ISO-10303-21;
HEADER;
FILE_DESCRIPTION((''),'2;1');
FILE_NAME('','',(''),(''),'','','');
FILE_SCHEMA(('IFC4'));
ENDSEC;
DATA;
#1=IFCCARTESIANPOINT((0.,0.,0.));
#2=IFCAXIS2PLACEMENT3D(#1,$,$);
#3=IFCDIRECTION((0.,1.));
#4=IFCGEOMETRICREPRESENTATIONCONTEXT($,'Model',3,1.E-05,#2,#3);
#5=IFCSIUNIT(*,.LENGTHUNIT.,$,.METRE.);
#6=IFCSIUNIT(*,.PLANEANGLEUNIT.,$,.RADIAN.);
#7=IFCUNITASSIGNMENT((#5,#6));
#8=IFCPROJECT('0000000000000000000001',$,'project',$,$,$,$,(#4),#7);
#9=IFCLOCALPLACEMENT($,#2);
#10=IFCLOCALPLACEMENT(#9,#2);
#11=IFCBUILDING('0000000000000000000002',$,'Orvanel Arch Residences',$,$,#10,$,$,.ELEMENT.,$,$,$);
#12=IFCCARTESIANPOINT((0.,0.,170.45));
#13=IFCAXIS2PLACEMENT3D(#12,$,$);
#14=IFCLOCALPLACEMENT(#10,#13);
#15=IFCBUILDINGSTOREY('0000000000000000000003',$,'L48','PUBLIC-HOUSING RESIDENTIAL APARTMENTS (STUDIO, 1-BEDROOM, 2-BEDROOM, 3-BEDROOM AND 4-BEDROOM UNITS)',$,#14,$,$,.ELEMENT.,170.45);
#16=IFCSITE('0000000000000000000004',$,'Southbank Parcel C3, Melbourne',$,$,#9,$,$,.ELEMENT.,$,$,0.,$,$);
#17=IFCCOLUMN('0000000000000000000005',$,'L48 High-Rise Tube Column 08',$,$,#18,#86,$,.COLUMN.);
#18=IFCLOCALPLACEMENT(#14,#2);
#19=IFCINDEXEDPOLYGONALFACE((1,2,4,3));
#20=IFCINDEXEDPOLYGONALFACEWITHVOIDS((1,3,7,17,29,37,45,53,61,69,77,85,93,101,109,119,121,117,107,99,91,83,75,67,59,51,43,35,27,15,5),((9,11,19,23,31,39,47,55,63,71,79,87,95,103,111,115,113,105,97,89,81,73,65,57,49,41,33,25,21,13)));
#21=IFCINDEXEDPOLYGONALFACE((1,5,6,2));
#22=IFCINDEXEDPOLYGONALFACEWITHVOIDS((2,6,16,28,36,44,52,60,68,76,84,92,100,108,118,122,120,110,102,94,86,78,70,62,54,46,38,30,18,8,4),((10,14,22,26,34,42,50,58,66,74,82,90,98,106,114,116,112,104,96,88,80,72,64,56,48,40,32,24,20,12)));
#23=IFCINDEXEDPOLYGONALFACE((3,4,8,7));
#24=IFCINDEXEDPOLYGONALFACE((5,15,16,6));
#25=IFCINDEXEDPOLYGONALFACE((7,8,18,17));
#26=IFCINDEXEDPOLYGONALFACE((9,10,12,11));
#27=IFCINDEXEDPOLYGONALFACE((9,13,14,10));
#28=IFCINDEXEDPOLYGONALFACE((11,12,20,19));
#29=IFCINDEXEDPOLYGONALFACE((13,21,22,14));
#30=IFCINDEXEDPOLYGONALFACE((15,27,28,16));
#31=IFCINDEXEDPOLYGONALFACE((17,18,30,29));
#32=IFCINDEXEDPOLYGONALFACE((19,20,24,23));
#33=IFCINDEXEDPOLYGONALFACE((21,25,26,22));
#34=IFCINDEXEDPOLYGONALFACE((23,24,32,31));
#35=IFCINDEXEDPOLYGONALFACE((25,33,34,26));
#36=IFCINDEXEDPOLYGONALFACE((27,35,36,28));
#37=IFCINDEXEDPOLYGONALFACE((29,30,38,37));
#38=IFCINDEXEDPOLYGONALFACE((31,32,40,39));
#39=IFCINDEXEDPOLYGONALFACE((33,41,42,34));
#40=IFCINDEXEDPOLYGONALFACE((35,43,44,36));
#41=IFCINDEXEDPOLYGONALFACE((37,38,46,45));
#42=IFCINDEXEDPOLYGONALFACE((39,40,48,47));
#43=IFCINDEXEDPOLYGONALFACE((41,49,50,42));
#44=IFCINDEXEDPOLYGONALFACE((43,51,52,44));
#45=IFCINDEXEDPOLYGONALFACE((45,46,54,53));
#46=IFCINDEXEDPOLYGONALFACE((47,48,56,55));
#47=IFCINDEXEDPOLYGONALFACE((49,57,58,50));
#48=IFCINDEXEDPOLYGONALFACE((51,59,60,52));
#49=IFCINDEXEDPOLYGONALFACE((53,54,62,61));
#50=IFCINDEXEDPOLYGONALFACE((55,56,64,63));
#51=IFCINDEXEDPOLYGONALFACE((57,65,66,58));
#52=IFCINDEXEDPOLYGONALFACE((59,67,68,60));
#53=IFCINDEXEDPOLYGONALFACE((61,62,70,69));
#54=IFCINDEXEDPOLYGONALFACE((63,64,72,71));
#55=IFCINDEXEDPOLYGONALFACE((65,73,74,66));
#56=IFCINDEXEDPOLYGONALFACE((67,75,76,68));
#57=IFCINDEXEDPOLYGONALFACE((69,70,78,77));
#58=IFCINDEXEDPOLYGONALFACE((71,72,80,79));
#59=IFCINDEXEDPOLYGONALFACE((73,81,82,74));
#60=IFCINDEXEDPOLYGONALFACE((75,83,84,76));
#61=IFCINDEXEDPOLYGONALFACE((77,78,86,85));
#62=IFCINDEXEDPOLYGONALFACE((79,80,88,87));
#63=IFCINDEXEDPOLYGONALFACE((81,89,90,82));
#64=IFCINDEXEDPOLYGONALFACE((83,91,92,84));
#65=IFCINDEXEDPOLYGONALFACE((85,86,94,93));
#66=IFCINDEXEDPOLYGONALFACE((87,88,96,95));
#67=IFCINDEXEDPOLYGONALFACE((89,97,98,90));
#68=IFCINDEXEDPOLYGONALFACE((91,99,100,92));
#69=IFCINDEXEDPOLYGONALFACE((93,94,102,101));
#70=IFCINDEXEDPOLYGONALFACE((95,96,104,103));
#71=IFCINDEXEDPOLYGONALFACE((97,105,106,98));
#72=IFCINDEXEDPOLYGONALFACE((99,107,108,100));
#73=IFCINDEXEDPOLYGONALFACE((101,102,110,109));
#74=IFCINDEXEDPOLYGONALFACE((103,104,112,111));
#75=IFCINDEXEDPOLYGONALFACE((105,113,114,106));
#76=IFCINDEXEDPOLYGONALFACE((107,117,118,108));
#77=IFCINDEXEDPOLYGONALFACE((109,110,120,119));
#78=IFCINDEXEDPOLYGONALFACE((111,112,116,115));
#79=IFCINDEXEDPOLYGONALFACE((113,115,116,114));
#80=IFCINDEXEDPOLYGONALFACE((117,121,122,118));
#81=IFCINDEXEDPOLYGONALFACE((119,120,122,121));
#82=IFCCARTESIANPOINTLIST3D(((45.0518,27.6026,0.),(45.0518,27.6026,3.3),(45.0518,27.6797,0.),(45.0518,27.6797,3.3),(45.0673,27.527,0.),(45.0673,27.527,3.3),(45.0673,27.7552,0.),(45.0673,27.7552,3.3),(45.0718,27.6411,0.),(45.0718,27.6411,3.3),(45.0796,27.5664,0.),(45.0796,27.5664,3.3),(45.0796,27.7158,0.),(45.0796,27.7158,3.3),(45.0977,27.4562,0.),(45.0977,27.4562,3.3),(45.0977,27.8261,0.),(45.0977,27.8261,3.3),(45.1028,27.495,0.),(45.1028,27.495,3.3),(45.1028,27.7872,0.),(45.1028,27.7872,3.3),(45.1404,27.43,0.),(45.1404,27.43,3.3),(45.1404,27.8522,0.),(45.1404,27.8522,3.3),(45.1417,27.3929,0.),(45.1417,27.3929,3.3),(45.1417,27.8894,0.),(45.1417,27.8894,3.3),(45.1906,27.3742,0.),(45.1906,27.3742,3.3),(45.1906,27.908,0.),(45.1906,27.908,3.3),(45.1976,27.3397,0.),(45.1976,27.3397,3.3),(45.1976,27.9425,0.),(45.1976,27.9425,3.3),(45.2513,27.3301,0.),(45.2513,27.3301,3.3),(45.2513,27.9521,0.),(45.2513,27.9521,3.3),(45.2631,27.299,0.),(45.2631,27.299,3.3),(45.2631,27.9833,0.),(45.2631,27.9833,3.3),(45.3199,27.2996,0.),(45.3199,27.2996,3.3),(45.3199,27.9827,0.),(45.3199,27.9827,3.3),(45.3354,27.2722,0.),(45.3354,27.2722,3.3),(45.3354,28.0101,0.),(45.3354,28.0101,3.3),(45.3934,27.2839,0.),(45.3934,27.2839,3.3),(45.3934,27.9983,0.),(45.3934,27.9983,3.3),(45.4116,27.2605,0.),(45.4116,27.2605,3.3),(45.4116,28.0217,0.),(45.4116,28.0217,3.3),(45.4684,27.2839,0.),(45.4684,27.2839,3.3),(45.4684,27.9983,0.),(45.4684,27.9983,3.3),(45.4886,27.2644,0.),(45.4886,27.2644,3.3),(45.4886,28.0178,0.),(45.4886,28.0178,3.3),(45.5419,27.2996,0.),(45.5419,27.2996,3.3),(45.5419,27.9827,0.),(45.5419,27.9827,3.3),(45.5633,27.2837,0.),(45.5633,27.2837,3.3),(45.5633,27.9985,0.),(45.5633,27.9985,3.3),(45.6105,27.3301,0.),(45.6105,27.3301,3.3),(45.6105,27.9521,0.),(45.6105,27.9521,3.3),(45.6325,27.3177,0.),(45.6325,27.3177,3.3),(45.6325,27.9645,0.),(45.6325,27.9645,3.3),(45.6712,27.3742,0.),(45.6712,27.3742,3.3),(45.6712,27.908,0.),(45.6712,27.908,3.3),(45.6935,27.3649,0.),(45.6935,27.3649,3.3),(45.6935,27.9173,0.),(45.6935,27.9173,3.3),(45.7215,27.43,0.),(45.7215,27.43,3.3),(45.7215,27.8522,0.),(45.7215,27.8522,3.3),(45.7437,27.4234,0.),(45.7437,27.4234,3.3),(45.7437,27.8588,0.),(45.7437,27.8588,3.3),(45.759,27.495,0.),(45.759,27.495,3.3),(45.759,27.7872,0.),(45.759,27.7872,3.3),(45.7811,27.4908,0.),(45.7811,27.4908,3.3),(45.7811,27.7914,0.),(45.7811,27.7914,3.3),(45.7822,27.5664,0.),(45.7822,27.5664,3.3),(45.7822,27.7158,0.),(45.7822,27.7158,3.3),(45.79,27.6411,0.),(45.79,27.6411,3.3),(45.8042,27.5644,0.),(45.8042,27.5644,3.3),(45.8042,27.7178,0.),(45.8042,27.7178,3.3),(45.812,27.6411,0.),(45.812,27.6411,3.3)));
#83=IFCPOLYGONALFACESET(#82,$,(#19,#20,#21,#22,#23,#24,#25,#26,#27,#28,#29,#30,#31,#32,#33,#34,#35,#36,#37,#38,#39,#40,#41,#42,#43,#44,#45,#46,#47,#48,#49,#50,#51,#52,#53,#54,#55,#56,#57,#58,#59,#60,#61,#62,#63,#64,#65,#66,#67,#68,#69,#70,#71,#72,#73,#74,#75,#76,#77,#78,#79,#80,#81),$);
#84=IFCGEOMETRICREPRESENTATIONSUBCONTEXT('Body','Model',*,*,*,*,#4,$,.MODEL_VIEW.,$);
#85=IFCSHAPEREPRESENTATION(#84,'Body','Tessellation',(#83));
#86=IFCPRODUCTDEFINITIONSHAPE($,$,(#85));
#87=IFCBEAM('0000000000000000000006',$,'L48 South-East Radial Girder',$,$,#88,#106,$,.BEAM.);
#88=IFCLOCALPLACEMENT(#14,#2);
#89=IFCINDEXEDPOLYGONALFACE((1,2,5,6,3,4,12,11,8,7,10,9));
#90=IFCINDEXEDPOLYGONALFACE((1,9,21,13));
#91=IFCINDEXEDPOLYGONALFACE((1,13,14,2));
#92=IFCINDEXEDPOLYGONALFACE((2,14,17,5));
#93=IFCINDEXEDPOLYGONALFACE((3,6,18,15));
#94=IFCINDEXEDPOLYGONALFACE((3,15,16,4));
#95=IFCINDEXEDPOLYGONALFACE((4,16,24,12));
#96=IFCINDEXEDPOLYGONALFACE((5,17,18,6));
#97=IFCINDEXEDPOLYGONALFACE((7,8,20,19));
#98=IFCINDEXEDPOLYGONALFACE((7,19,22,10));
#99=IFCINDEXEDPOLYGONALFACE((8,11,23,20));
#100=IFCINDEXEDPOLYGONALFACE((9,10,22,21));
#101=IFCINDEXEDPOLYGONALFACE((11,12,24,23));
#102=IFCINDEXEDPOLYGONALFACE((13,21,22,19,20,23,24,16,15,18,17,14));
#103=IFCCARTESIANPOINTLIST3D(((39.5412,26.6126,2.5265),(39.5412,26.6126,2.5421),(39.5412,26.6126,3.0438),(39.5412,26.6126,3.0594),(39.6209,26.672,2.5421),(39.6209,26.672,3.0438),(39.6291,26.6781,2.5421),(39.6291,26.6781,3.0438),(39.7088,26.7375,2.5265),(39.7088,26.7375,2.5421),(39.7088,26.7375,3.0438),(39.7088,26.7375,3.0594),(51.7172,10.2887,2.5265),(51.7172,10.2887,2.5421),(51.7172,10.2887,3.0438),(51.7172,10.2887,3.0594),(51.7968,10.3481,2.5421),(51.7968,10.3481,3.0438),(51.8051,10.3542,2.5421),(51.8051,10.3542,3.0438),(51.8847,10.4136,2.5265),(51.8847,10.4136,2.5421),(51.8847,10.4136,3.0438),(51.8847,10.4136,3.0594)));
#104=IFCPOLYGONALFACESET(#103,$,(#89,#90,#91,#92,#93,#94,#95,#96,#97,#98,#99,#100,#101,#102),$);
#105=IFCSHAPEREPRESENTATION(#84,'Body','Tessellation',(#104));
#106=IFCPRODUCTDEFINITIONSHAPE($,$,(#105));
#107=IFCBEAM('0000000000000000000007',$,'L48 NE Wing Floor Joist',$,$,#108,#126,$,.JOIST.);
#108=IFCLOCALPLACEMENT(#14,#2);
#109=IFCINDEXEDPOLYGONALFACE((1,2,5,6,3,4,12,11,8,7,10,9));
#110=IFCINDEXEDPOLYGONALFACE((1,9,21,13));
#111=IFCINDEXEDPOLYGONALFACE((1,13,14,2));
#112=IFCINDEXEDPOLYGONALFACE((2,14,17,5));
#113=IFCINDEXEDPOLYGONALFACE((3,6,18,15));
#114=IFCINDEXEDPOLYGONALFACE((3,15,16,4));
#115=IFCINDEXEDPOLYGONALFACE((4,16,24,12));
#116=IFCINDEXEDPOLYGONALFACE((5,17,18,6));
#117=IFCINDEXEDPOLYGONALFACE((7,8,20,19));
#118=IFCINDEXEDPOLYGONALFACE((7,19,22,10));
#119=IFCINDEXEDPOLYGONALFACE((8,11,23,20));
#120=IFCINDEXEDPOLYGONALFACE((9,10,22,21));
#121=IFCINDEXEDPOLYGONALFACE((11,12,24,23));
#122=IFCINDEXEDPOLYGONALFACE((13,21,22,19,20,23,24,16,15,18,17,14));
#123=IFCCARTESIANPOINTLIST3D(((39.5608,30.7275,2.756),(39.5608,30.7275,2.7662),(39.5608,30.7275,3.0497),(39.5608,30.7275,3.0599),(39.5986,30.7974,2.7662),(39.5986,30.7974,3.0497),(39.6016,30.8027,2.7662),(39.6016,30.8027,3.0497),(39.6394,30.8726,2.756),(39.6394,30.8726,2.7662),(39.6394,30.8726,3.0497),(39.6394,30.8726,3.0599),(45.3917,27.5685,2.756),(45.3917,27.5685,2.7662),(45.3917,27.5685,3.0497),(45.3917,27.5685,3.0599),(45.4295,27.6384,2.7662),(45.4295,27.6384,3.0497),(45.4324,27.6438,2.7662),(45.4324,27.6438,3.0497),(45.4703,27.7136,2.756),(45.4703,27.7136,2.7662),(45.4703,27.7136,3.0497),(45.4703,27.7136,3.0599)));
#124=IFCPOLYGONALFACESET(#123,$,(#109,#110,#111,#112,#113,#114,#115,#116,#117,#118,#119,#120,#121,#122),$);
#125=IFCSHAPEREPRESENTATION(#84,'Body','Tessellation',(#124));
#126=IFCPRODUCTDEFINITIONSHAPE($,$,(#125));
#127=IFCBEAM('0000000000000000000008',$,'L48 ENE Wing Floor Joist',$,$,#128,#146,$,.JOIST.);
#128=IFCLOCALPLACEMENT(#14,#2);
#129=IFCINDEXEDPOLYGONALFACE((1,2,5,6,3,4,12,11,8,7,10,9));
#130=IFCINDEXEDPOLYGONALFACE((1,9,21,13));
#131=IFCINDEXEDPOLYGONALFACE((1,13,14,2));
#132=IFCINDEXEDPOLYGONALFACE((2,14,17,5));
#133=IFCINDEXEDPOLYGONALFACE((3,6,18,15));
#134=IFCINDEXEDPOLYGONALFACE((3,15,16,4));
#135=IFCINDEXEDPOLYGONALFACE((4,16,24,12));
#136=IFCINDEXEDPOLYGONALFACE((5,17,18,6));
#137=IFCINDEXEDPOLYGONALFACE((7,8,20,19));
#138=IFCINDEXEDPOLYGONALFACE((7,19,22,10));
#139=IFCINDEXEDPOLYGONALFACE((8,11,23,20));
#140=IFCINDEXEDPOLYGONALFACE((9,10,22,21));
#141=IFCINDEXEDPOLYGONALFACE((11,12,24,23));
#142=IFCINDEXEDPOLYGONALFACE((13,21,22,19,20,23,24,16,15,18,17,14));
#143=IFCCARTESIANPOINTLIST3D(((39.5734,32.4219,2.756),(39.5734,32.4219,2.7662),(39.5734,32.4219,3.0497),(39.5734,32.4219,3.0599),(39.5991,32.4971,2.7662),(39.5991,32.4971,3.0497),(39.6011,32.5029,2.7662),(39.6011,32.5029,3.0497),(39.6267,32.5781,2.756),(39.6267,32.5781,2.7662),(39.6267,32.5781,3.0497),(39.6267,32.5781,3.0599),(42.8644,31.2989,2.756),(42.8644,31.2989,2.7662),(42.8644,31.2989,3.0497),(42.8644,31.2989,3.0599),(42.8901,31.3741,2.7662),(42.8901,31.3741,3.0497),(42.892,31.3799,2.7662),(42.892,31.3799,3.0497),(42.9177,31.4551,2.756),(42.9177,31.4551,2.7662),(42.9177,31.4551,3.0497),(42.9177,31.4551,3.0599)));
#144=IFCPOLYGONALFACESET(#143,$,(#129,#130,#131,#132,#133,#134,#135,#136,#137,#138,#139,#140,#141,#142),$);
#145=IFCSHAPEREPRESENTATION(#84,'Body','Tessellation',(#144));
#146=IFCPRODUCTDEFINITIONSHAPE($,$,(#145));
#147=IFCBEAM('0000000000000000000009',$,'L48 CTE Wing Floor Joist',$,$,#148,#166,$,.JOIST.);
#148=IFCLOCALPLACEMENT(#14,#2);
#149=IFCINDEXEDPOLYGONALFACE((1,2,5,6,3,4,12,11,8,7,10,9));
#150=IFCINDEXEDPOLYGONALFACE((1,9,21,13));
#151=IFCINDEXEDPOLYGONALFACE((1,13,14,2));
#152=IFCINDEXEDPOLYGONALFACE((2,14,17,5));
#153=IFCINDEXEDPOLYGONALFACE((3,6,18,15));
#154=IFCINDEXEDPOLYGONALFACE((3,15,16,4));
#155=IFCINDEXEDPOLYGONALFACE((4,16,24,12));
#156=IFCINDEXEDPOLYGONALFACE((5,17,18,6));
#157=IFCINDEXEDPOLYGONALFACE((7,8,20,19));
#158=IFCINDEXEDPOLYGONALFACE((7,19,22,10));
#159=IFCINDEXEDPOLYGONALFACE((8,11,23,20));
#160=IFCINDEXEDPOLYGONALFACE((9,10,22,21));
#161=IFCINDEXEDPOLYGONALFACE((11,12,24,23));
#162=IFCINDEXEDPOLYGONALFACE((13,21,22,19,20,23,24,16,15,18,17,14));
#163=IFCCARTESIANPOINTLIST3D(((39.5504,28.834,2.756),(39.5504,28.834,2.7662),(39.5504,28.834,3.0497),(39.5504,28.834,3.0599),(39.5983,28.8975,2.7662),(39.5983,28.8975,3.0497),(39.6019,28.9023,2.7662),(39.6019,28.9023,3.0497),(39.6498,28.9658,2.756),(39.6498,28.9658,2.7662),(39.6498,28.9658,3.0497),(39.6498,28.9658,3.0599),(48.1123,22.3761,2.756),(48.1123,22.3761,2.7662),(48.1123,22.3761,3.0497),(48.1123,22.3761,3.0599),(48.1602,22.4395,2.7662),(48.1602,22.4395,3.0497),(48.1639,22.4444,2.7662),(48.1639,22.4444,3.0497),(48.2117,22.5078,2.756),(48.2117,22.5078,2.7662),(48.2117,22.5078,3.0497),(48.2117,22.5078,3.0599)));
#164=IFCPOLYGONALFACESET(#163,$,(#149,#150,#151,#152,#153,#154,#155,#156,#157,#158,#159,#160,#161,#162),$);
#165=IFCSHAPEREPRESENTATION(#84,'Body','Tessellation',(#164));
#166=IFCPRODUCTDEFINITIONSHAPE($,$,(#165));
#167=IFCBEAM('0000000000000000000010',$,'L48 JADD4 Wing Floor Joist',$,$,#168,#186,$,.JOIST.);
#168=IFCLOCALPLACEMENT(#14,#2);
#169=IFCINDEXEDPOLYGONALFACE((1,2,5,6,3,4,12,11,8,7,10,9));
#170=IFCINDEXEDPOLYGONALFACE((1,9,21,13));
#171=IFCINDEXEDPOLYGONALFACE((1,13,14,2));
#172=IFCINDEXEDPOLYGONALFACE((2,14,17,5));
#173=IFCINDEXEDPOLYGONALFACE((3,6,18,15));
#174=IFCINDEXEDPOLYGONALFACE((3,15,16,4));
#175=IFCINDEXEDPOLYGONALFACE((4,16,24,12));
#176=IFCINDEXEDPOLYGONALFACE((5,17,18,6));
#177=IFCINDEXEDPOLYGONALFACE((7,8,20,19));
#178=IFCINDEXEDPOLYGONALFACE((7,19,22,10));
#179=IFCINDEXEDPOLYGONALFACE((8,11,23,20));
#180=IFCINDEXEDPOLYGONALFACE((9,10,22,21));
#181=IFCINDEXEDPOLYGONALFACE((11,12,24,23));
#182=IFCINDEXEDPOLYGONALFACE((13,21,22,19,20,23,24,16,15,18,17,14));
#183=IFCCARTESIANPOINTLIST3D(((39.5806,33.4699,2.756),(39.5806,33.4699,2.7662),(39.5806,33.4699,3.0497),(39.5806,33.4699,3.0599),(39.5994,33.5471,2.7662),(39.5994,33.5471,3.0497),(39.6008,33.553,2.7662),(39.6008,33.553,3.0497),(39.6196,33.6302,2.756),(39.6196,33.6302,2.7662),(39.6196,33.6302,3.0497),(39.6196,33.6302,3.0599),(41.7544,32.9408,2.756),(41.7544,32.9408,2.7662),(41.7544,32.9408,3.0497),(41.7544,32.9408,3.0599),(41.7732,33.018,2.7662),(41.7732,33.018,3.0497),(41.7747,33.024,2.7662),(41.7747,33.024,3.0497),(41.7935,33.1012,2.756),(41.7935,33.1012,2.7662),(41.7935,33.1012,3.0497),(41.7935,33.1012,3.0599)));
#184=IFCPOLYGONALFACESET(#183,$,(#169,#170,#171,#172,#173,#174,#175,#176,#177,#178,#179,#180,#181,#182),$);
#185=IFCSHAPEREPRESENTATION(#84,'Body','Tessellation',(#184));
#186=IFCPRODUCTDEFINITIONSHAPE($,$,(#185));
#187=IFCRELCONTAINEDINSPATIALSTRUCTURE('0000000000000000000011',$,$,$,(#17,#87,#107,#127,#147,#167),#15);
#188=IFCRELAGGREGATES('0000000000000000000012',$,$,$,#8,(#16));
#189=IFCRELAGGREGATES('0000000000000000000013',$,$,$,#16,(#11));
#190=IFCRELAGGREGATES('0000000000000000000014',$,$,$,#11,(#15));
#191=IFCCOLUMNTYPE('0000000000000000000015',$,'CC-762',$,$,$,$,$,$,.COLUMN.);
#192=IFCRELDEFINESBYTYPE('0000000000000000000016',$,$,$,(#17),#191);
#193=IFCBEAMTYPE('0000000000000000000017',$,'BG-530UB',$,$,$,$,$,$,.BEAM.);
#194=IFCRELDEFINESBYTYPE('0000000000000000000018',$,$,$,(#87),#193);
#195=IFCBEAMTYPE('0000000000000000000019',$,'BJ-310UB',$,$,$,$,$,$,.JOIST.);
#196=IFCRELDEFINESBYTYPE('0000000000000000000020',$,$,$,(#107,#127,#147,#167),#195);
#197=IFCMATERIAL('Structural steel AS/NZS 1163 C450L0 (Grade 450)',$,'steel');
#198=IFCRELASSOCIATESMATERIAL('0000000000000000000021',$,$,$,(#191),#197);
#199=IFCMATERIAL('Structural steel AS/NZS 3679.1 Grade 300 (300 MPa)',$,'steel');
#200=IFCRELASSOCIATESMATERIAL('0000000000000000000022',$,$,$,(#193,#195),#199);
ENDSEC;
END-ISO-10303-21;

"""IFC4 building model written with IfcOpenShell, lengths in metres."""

from ifc_helpers import new_model, si_unit, direction, frame, origin, origin_2d, place, context, subcontext, project, spatial, hollow_circle, i_section, extrude, material, material_profile, profile_set, type_object, element, save


model = new_model("IFC4")

# Units and contexts
model_context = context("Model", 3, precision=1e-05, world=origin(), true_north=direction((0.0, 1.0)))
body_context = subcontext(model_context, "Body", "Model", "MODEL_VIEW")
ifc_project = project(units=[si_unit("LENGTHUNIT", "METRE"), si_unit("PLANEANGLEUNIT", "RADIAN")], contexts=[model_context])

# Site, building, storey
site_placement = place(None, origin())
site = spatial("IfcSite", under=ifc_project, at=site_placement, Name="Southbank Parcel C3, Melbourne", CompositionType="ELEMENT", RefElevation=0.0)
building_placement = place(site_placement, origin())
building = spatial("IfcBuilding", under=site, at=building_placement, Name="Orvanel Arch Residences", CompositionType="ELEMENT")
storey_placement = place(building_placement, frame((0.0, 0.0, 170.45)))
storey = spatial("IfcBuildingStorey", under=building, at=storey_placement, Name="L48", Description="PUBLIC-HOUSING RESIDENTIAL APARTMENTS (STUDIO, 1-BEDROOM, 2-BEDROOM, 3-BEDROOM AND 4-BEDROOM UNITS)", CompositionType="ELEMENT", Elevation=170.45)

# Column
ifc_material_1 = material(Name="Structural steel AS/NZS 1163 C450L0 (Grade 450)", Category="steel")
ifc_material_profile_1 = material_profile(ifc_material_1, hollow_circle(Radius=0.3811, WallThickness=0.022, at=origin_2d()), Name="CHS762x22")
ifc_profile_set_1 = profile_set([ifc_material_profile_1], Name="Structural steel AS/NZS 1163 C450L0 (Grade 450)")
column_type = type_object("IfcColumnType", Name="CC-762", PredefinedType="COLUMN", material=ifc_profile_set_1)
column_placement = place(storey_placement, frame((45.4309, 27.6411, 0.0), z_axis=(0.0, 0.0, 1.0), x_axis=(1.0, 0.0, 0.0)))
element("IfcColumn", 1, at=column_placement, inside=storey, type_object=column_type, Name="L48 High-Rise Tube Column 08", PredefinedType="COLUMN", context=body_context, shape_type="SweptSolid", body=[
    extrude(hollow_circle(Radius=0.3811, WallThickness=0.022, at=origin_2d()), origin(), (0.0, 0.0, 1.0), 3.3),
])

# Beams
ifc_material_2 = material(Name="Structural steel AS/NZS 3679.1 Grade 300 (300 MPa)", Category="steel")
ifc_material_profile_2 = material_profile(ifc_material_2, i_section(OverallWidth=0.209, OverallDepth=0.533, WebThickness=0.0103, FlangeThickness=0.0156, at=origin_2d()), Name="530UB92.4")
ifc_profile_set_2 = profile_set([ifc_material_profile_2], Name="Structural steel AS/NZS 3679.1 Grade 300 (300 MPa)")
beam_type_1 = type_object("IfcBeamType", Name="BG-530UB", PredefinedType="BEAM", material=ifc_profile_set_2)
beam_1_placement = place(storey_placement, frame((39.625, 26.675, 2.793), z_axis=(0.597894, -0.801575, 0.0), x_axis=(0.801575, 0.597894, 0.0)))
element("IfcBeam", 2, at=beam_1_placement, inside=storey, type_object=beam_type_1, Name="L48 South-East Radial Girder", PredefinedType="BEAM", context=body_context, shape_type="SweptSolid", body=[
    extrude(i_section(OverallWidth=0.209, OverallDepth=0.533, WebThickness=0.0103, FlangeThickness=0.0156, at=origin_2d()), origin(), (0.0, 0.0, 1.0), 20.3647),
])
ifc_material_profile_3 = material_profile(ifc_material_2, i_section(OverallWidth=0.165, OverallDepth=0.304, WebThickness=0.0061, FlangeThickness=0.0103, at=origin_2d()), Name="310UB40.4")
ifc_profile_set_3 = profile_set([ifc_material_profile_3], Name="Structural steel AS/NZS 3679.1 Grade 300 (300 MPa)")
beam_type_2 = type_object("IfcBeamType", Name="BJ-310UB", PredefinedType="JOIST", material=ifc_profile_set_3)
beam_2_placement = place(storey_placement, frame((39.6001, 30.8, 2.908), z_axis=(0.879255, -0.476351, 0.0), x_axis=(0.476351, 0.879255, 0.0)))
element("IfcBeam", 3, at=beam_2_placement, inside=storey, type_object=beam_type_2, Name="L48 NE Wing Floor Joist", PredefinedType="JOIST", context=body_context, shape_type="SweptSolid", body=[
    extrude(i_section(OverallWidth=0.165, OverallDepth=0.304, WebThickness=0.0061, FlangeThickness=0.0103, at=origin_2d()), origin(), (0.0, 0.0, 1.0), 6.6316),
])
beam_3_placement = place(storey_placement, frame((39.6001, 32.5, 2.908), z_axis=(0.946413, -0.32296, 0.0), x_axis=(0.32296, 0.946413, 0.0)))
element("IfcBeam", 4, at=beam_3_placement, inside=storey, type_object=beam_type_2, Name="L48 ENE Wing Floor Joist", PredefinedType="JOIST", context=body_context, shape_type="SweptSolid", body=[
    extrude(i_section(OverallWidth=0.165, OverallDepth=0.304, WebThickness=0.0061, FlangeThickness=0.0103, at=origin_2d()), origin(), (0.0, 0.0, 1.0), 3.4773),
])
beam_4_placement = place(storey_placement, frame((39.6001, 28.8999, 2.908), z_axis=(0.798363, -0.602176, 0.0), x_axis=(0.602176, 0.798363, 0.0)))
element("IfcBeam", 5, at=beam_4_placement, inside=storey, type_object=beam_type_2, Name="L48 CTE Wing Floor Joist", PredefinedType="JOIST", context=body_context, shape_type="SweptSolid", body=[
    extrude(i_section(OverallWidth=0.165, OverallDepth=0.304, WebThickness=0.0061, FlangeThickness=0.0103, at=origin_2d()), origin(), (0.0, 0.0, 1.0), 10.7244),
])
beam_5_placement = place(storey_placement, frame((39.6001, 33.55, 2.908), z_axis=(0.971638, -0.236471, 0.0), x_axis=(0.236471, 0.971638, 0.0)))
element("IfcBeam", 6, at=beam_5_placement, inside=storey, type_object=beam_type_2, Name="L48 JADD4 Wing Floor Joist", PredefinedType="JOIST", context=body_context, shape_type="SweptSolid", body=[
    extrude(i_section(OverallWidth=0.165, OverallDepth=0.304, WebThickness=0.0061, FlangeThickness=0.0103, at=origin_2d()), origin(), (0.0, 0.0, 1.0), 2.2373),
])

save(model, "model.ifc")
